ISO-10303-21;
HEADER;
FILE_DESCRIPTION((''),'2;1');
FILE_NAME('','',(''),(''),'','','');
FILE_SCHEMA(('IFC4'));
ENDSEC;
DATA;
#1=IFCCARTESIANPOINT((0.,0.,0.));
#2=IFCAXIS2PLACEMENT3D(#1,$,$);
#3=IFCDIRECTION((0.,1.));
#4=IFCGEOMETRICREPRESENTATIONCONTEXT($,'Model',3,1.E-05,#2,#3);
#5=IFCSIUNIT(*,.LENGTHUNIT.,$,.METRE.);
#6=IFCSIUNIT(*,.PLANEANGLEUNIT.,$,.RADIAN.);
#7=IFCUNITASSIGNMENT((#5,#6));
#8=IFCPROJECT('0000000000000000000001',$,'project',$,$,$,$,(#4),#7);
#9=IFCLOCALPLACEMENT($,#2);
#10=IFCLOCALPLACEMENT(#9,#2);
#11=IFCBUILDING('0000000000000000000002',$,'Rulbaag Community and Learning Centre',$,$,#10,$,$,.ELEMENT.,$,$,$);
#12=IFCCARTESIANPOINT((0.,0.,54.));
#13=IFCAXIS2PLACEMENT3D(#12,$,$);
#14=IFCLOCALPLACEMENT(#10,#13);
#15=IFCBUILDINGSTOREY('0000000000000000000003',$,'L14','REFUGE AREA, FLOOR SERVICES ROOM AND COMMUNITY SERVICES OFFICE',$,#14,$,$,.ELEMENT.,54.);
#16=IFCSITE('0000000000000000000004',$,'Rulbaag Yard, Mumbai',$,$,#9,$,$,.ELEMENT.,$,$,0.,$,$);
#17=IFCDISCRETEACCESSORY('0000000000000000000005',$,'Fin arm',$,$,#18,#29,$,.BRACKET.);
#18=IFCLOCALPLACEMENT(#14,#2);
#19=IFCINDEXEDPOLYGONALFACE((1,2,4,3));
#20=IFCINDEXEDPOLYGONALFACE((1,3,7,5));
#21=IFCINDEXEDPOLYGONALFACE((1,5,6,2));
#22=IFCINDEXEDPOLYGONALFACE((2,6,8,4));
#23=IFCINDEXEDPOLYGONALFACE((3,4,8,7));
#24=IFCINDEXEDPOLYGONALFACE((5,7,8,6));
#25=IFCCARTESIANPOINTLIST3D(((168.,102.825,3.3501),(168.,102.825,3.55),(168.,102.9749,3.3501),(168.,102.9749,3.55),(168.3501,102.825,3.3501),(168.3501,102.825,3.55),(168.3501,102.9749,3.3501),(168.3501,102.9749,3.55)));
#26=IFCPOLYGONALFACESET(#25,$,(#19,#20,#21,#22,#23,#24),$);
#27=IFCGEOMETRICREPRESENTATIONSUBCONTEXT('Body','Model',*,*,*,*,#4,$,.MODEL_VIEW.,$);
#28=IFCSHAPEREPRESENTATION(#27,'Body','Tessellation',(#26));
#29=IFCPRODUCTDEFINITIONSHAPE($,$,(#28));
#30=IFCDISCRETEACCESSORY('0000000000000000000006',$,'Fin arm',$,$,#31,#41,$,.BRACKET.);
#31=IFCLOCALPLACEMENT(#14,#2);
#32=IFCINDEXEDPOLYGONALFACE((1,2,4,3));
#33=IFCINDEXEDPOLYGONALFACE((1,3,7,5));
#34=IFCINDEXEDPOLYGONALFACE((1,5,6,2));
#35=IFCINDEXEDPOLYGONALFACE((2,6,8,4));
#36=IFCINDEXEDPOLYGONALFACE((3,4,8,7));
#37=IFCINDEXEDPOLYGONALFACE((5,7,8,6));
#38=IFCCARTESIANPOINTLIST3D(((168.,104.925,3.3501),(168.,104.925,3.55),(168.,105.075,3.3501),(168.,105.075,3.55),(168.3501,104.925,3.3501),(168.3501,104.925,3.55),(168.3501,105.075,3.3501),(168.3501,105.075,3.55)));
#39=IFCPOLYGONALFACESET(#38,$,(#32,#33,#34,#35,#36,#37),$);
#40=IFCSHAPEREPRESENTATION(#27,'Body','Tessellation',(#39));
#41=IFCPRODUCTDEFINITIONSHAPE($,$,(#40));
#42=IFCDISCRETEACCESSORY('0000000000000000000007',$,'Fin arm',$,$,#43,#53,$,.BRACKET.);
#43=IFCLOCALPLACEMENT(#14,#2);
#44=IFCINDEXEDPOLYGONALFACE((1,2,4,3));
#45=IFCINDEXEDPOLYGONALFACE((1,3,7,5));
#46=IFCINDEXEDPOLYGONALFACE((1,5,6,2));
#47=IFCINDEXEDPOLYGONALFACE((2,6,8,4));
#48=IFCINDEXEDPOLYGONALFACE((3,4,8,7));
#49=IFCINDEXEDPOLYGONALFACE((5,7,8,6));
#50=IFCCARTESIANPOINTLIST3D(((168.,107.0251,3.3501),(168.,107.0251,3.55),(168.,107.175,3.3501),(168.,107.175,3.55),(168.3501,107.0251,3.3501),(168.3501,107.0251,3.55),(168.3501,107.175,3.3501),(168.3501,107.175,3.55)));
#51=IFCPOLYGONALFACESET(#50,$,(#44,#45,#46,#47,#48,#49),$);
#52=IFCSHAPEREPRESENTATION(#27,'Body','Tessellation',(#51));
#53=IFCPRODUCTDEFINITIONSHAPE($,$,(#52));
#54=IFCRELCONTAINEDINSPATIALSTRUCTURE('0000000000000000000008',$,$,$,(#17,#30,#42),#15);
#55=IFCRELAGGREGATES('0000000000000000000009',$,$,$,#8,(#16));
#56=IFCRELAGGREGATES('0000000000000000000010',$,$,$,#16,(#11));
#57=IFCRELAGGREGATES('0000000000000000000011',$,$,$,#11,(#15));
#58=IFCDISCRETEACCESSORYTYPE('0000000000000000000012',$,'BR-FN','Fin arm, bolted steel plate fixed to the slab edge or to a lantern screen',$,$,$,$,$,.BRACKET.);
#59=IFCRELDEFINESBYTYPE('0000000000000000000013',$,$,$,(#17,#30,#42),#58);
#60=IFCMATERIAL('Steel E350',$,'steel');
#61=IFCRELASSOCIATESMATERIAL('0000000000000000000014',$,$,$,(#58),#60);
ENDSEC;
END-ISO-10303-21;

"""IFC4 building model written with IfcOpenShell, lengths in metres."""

from ifc_helpers import new_model, si_unit, direction, frame, origin, origin_2d, place, context, subcontext, project, spatial, rectangle, extrude, material, type_object, element, save


model = new_model("IFC4")

# Units and contexts
model_context = context("Model", 3, precision=1e-05, world=origin(), true_north=direction((0.0, 1.0)))
body_context = subcontext(model_context, "Body", "Model", "MODEL_VIEW")
ifc_project = project(units=[si_unit("LENGTHUNIT", "METRE"), si_unit("PLANEANGLEUNIT", "RADIAN")], contexts=[model_context])

# Site, building, storey
site_placement = place(None, origin())
site = spatial("IfcSite", under=ifc_project, at=site_placement, Name="Rulbaag Yard, Mumbai", CompositionType="ELEMENT", RefElevation=0.0)
building_placement = place(site_placement, origin())
building = spatial("IfcBuilding", under=site, at=building_placement, Name="Rulbaag Community and Learning Centre", CompositionType="ELEMENT")
storey_placement = place(building_placement, frame((0.0, 0.0, 54.0)))
storey = spatial("IfcBuildingStorey", under=building, at=storey_placement, Name="L14", Description="REFUGE AREA, FLOOR SERVICES ROOM AND COMMUNITY SERVICES OFFICE", CompositionType="ELEMENT", Elevation=54.0)

# Discrete accessories
ifc_material_1 = material(Name="Steel E350", Category="steel")
discrete_accessory_type = type_object("IfcDiscreteAccessoryType", Name="BR-FN", Description="Fin arm, bolted steel plate fixed to the slab edge or to a lantern screen", PredefinedType="BRACKET", material=ifc_material_1)
for number, where, z_axis, x_axis, name in (
    (1, (168.175, 102.8999, 3.3501), (0.0, 0.0, 1.0), (1.0, 0.0, 0.0), "Fin arm"),
    (2, (168.175, 105.0, 3.3501), (0.0, 0.0, 1.0), (1.0, 0.0, 0.0), "Fin arm"),
    (3, (168.175, 107.1001, 3.3501), (0.0, 0.0, 1.0), (1.0, 0.0, 0.0), "Fin arm"),
):
    element("IfcDiscreteAccessory", number, at=place(storey_placement, frame(where, z_axis=z_axis, x_axis=x_axis)), inside=storey, type_object=discrete_accessory_type, Name=name, PredefinedType="BRACKET", context=body_context, shape_type="SweptSolid", body=[
        extrude(rectangle(XDim=0.3501, YDim=0.1499, at=origin_2d()), origin(), (0.0, 0.0, 1.0), 0.2),
    ])

save(model, "model.ifc")
